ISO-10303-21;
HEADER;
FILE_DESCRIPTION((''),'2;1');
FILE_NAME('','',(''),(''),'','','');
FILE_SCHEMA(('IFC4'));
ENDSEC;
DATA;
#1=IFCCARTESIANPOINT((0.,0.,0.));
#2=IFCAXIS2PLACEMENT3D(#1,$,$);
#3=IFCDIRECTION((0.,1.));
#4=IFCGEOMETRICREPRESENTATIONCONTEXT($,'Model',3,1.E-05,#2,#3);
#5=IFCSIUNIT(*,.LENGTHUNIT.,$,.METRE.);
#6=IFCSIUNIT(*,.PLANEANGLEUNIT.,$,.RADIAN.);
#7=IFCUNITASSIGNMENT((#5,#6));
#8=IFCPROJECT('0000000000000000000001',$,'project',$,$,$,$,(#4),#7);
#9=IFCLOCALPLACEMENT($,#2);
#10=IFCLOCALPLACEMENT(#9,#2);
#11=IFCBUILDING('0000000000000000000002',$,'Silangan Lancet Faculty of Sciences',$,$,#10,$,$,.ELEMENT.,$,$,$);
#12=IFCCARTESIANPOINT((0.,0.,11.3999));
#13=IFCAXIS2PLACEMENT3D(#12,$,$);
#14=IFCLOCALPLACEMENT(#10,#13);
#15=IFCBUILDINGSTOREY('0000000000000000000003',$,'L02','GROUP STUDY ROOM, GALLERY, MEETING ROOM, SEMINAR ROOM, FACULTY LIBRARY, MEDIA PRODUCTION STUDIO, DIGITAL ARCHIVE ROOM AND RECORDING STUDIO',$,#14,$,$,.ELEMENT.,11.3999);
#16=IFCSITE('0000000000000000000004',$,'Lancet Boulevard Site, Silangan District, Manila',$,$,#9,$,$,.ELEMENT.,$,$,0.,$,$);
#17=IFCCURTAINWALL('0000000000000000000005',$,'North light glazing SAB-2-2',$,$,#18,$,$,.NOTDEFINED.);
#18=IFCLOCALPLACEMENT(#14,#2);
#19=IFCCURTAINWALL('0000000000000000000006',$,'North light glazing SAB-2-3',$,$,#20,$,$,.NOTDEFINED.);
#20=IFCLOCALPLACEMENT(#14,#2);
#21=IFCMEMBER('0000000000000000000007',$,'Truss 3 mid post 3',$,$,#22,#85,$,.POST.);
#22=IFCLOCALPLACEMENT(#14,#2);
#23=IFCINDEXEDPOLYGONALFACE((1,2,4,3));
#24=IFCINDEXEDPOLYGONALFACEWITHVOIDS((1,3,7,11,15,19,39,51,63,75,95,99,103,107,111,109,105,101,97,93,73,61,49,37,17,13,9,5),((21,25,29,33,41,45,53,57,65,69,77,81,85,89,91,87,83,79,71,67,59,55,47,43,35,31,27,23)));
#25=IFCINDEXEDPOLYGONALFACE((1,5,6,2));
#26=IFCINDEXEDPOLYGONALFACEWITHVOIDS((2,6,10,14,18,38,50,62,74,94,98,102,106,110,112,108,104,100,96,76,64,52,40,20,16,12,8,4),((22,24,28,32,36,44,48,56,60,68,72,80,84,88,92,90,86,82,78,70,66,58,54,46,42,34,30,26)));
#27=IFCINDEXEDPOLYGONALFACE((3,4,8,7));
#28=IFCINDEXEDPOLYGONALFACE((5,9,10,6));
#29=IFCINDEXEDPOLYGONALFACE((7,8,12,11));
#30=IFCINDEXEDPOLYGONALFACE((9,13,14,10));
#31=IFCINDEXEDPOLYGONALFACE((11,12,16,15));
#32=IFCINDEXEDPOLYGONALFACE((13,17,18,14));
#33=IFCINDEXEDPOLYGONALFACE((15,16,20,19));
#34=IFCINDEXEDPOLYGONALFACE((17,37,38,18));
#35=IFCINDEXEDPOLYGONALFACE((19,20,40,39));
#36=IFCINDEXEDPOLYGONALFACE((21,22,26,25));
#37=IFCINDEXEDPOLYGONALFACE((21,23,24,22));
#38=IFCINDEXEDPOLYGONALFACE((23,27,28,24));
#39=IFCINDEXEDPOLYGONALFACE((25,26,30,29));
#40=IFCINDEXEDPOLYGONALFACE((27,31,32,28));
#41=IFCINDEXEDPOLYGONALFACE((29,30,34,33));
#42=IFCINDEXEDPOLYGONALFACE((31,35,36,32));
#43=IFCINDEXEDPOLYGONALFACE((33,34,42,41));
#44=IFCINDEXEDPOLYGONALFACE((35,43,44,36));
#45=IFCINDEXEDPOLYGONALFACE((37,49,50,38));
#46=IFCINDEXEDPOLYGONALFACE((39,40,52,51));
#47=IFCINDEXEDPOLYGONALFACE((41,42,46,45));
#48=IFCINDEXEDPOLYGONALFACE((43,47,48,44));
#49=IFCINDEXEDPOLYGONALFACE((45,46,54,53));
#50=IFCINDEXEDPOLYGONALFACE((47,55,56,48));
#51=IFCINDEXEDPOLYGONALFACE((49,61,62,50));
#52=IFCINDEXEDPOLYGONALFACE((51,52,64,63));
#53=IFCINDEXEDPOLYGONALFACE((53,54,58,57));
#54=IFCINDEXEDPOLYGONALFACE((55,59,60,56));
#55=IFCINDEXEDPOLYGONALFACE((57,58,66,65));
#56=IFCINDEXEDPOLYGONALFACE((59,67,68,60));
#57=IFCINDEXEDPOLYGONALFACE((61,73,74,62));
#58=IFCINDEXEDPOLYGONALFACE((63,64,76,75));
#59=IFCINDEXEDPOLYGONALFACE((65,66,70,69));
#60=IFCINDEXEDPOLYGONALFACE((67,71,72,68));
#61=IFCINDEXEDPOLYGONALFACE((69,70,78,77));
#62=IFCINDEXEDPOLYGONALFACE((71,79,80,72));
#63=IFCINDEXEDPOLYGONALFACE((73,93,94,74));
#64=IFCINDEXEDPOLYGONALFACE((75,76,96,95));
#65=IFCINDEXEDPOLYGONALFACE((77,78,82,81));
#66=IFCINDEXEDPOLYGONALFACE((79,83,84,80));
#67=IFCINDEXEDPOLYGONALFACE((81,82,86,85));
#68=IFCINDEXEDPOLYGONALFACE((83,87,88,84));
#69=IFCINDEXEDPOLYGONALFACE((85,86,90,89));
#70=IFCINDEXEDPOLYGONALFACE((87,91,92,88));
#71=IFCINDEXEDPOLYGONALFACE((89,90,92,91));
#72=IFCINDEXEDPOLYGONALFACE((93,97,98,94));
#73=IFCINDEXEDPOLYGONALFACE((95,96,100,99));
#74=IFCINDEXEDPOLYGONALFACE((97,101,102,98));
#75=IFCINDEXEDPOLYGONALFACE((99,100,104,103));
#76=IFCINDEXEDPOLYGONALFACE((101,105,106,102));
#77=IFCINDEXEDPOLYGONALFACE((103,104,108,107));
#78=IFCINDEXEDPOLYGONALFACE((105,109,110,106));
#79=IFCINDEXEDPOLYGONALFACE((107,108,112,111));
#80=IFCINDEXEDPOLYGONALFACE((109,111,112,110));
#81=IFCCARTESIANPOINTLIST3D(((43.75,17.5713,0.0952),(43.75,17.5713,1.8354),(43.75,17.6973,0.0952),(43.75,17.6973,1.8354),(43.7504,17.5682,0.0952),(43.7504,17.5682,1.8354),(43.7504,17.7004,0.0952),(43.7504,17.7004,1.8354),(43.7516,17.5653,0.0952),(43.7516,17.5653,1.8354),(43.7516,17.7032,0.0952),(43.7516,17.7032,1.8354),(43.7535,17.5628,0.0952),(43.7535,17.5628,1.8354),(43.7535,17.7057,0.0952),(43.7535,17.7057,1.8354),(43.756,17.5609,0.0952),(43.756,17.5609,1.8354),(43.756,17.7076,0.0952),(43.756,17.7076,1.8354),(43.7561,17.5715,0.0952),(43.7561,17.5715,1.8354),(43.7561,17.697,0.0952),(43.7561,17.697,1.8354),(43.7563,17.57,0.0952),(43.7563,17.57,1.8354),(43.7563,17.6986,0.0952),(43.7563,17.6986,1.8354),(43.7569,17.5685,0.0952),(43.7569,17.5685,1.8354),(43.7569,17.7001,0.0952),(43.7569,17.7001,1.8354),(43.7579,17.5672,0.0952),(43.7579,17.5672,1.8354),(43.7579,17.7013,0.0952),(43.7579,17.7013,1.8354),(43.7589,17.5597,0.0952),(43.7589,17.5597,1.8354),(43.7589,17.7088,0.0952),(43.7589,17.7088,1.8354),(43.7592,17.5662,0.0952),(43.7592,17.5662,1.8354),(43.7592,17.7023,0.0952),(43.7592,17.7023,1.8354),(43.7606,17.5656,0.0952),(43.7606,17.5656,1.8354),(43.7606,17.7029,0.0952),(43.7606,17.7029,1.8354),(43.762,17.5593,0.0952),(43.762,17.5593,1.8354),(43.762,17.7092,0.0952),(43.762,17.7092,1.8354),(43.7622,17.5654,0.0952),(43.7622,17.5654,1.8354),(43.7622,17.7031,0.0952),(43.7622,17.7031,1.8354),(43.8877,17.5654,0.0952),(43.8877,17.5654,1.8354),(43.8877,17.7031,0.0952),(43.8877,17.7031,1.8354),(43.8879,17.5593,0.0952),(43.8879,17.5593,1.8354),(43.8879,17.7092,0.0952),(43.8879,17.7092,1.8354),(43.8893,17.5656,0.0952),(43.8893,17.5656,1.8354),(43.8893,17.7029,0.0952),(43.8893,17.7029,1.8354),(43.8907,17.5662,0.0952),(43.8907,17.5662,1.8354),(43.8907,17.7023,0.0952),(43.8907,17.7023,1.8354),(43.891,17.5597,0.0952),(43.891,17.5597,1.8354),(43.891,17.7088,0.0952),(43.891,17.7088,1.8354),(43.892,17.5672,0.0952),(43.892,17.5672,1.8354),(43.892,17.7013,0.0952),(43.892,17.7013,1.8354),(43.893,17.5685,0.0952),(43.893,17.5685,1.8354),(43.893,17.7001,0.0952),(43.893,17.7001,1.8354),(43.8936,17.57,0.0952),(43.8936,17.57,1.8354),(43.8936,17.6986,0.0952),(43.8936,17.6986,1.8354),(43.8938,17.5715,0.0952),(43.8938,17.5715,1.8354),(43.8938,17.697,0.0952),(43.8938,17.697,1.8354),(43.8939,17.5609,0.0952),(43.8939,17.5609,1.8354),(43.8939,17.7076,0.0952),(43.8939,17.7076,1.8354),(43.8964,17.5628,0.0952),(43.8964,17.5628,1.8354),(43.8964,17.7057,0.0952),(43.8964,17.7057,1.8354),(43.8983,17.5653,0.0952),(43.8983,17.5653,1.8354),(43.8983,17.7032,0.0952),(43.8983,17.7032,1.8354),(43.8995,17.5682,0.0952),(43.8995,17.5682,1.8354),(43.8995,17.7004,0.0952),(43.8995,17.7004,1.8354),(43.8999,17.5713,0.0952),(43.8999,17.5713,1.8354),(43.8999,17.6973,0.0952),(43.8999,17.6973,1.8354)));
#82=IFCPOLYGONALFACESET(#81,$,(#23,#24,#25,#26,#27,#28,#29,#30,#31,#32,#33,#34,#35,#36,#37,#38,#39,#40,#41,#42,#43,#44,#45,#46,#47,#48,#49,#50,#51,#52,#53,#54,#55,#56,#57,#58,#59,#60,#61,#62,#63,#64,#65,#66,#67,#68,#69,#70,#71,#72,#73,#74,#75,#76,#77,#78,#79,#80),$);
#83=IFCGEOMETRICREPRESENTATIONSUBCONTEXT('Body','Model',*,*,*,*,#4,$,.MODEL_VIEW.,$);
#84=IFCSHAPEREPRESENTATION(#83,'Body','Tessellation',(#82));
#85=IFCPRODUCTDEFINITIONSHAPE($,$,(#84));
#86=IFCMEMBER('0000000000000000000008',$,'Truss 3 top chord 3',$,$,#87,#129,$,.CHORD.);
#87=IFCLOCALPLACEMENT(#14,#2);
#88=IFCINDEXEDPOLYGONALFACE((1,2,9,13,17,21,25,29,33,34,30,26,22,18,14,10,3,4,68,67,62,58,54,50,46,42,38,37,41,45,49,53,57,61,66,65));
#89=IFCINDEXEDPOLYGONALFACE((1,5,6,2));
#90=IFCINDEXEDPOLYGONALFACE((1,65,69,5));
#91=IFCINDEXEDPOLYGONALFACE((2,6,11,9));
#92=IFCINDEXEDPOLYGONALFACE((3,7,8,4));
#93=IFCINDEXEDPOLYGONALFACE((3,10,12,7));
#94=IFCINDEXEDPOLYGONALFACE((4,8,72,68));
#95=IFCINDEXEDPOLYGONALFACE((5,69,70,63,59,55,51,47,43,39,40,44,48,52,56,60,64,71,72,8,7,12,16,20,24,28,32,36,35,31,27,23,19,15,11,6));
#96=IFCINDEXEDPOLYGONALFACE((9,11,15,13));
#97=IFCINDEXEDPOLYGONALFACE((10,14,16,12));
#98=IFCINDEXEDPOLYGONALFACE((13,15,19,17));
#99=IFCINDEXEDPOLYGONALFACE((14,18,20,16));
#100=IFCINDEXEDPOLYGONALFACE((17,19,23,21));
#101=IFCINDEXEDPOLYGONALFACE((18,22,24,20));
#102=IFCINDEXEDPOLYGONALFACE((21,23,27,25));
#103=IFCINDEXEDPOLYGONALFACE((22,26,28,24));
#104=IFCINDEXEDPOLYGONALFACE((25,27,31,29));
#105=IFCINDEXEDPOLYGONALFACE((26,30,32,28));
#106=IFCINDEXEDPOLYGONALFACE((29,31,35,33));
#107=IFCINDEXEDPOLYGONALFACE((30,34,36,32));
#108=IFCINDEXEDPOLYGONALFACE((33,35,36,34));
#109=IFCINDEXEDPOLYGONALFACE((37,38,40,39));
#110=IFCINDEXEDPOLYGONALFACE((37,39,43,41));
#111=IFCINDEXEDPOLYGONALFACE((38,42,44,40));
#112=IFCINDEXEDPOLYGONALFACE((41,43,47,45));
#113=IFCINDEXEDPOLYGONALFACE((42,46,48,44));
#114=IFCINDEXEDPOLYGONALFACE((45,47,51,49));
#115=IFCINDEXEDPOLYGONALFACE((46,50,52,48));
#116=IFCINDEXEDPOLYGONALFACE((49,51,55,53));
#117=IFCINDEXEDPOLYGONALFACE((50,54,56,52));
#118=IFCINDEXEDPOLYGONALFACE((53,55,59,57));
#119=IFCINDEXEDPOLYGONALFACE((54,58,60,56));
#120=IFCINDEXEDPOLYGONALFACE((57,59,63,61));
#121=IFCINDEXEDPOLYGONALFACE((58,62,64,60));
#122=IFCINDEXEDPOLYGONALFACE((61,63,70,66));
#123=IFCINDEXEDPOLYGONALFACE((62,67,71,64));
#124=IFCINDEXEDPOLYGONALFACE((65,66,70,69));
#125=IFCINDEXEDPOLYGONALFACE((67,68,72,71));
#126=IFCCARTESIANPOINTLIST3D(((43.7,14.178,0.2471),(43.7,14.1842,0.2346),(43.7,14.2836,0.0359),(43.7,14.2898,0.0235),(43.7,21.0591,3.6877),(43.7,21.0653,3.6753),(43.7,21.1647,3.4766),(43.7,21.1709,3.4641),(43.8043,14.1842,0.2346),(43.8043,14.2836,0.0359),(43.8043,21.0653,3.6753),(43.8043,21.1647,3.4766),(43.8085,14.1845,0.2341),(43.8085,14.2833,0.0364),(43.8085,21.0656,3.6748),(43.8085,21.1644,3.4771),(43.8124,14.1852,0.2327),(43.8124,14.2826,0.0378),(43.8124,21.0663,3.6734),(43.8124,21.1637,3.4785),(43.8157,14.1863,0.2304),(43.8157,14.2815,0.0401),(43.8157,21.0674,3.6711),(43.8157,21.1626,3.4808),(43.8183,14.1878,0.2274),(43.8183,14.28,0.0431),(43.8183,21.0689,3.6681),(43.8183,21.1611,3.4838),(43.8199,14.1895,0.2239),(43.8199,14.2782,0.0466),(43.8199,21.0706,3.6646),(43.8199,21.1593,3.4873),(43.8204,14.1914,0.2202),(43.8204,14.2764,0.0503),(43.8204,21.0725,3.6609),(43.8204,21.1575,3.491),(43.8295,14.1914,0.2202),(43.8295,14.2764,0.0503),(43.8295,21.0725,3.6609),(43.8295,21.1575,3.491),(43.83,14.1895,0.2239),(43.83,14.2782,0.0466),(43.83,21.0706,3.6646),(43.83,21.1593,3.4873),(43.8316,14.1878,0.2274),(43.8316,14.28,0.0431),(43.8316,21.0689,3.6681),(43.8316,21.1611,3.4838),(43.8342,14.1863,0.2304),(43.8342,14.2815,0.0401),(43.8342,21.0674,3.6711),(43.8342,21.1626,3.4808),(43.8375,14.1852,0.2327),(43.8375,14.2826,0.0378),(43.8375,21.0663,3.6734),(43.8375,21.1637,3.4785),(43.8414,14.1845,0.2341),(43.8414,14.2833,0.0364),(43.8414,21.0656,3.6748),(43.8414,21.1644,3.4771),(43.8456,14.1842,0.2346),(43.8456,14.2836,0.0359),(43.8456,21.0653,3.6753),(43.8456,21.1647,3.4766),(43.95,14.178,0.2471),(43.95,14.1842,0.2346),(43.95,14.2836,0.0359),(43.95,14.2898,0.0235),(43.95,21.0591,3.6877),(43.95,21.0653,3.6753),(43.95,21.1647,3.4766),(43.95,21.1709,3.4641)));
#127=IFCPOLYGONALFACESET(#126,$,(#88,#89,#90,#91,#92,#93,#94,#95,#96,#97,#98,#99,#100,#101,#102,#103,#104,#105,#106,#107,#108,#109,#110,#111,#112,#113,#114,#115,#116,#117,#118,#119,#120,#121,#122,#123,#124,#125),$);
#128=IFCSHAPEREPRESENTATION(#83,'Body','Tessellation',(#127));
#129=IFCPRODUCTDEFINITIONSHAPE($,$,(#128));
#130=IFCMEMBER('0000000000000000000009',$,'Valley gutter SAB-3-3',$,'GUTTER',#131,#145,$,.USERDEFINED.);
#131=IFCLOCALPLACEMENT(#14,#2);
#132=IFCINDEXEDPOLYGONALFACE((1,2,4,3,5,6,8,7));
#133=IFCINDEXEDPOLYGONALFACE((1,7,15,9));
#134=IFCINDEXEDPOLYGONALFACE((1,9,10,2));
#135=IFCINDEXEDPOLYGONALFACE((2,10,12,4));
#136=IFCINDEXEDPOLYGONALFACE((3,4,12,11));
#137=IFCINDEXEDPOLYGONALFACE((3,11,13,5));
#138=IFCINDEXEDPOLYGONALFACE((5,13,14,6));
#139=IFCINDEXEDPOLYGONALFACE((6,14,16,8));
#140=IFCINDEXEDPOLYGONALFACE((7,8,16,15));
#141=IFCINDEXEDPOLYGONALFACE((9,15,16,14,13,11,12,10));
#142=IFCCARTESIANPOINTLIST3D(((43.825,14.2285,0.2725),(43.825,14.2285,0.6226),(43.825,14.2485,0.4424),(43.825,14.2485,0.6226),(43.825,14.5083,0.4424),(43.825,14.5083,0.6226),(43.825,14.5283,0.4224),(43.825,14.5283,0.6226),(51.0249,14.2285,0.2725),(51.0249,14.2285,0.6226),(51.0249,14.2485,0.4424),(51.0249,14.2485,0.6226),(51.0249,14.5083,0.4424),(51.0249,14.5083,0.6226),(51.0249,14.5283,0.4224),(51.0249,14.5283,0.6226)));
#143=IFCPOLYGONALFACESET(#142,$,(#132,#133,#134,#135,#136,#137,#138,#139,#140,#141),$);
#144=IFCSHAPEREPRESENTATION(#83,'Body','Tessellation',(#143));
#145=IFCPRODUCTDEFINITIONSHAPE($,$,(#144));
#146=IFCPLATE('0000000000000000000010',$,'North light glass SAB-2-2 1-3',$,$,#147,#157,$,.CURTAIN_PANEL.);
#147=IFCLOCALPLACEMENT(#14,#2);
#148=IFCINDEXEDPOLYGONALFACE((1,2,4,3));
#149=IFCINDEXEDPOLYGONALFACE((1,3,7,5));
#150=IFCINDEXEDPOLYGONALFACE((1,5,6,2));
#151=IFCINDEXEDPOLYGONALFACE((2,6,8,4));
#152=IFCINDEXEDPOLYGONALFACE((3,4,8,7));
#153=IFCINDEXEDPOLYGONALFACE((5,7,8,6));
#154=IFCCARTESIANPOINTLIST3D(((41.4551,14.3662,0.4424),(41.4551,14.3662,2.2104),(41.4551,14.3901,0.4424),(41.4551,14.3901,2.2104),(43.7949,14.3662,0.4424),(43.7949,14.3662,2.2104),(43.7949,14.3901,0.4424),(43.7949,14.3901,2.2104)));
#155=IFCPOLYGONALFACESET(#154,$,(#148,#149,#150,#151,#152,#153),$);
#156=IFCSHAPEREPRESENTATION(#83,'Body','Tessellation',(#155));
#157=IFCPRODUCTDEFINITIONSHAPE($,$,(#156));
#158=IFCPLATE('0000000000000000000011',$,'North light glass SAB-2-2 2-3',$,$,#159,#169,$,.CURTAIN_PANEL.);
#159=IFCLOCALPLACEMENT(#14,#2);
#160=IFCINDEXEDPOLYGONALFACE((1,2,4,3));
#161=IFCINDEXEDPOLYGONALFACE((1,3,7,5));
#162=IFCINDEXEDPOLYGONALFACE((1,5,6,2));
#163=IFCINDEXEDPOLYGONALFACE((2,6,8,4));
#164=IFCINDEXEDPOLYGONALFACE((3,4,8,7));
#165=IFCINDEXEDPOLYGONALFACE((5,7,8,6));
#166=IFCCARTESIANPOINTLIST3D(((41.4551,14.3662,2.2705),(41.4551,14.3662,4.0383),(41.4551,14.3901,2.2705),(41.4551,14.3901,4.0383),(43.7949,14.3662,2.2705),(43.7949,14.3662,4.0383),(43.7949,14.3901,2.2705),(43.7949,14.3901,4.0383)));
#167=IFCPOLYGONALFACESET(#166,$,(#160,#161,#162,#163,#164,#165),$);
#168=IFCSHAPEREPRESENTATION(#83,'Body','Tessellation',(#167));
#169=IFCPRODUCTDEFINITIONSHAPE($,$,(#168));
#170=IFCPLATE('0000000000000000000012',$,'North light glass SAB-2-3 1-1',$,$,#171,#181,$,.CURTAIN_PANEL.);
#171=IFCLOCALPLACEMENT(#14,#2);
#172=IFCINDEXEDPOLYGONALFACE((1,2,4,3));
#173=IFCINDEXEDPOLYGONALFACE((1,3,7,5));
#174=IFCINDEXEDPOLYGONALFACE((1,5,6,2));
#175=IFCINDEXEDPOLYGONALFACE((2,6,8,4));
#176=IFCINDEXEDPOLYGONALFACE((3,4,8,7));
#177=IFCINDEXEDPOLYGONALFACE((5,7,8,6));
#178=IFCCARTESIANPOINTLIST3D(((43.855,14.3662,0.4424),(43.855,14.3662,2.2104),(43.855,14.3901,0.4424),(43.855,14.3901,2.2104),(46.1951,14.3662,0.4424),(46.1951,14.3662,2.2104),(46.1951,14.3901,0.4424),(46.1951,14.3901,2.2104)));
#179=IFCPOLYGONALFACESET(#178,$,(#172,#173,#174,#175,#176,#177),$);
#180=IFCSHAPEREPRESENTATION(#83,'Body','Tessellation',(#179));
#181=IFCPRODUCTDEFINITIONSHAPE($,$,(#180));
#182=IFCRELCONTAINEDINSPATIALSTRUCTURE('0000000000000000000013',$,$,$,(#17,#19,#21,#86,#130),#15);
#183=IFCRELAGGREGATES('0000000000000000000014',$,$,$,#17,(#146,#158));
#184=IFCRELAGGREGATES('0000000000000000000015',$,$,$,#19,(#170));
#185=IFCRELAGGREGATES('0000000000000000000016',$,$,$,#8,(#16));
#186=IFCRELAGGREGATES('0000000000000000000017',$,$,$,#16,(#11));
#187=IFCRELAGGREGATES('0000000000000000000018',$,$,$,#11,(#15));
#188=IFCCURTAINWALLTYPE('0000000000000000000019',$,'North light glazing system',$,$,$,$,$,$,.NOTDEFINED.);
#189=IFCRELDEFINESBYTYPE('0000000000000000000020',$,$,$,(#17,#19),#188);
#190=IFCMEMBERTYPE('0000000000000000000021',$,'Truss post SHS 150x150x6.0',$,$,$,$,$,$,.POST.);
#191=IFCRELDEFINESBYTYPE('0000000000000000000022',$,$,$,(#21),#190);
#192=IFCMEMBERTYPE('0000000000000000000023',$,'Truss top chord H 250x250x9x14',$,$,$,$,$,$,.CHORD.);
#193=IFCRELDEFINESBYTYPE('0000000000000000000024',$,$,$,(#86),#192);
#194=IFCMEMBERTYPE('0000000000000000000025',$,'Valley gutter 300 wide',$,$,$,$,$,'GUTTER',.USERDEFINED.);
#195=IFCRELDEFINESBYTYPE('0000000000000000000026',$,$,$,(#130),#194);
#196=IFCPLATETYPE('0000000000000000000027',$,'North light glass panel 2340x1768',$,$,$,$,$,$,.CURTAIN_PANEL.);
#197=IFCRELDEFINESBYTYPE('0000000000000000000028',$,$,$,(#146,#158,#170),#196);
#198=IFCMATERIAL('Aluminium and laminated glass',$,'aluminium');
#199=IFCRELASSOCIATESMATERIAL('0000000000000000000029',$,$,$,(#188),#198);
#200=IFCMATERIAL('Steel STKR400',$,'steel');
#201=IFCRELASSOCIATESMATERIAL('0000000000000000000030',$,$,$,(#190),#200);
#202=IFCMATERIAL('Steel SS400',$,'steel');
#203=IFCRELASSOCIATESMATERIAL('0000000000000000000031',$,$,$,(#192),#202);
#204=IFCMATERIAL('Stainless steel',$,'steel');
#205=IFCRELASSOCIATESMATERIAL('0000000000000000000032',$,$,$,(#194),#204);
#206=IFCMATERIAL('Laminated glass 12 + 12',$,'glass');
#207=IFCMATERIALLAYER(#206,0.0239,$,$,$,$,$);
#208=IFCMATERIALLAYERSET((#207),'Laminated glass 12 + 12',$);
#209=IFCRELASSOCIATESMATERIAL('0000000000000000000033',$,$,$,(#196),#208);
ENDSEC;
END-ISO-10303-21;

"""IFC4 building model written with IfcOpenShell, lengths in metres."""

from ifc_helpers import new_model, si_unit, direction, frame, origin, origin_2d, place, context, subcontext, project, spatial, polyline, hollow_rectangle, i_section, outline, extrude, material, layer, layer_set, material_profile, profile_set, type_object, element, aggregate, save


model = new_model("IFC4")

# Units and contexts
model_context = context("Model", 3, precision=1e-05, world=origin(), true_north=direction((0.0, 1.0)))
body_context = subcontext(model_context, "Body", "Model", "MODEL_VIEW")
ifc_project = project(units=[si_unit("LENGTHUNIT", "METRE"), si_unit("PLANEANGLEUNIT", "RADIAN")], contexts=[model_context])

# Site, building, storey
site_placement = place(None, origin())
site = spatial("IfcSite", under=ifc_project, at=site_placement, Name="Lancet Boulevard Site, Silangan District, Manila", CompositionType="ELEMENT", RefElevation=0.0)
building_placement = place(site_placement, origin())
building = spatial("IfcBuilding", under=site, at=building_placement, Name="Silangan Lancet Faculty of Sciences", CompositionType="ELEMENT")
storey_placement = place(building_placement, frame((0.0, 0.0, 11.3999)))
storey = spatial("IfcBuildingStorey", under=building, at=storey_placement, Name="L02", Description="GROUP STUDY ROOM, GALLERY, MEETING ROOM, SEMINAR ROOM, FACULTY LIBRARY, MEDIA PRODUCTION STUDIO, DIGITAL ARCHIVE ROOM AND RECORDING STUDIO", CompositionType="ELEMENT", Elevation=11.3999)

# Curtain wall
ifc_material_1 = material(Name="Aluminium and laminated glass", Category="aluminium")
curtain_wall_type = type_object("IfcCurtainWallType", Name="North light glazing system", PredefinedType="NOTDEFINED", material=ifc_material_1)
curtain_wall_1_placement = place(storey_placement, origin())
curtain_wall_1 = element("IfcCurtainWall", 1, at=curtain_wall_1_placement, inside=storey, type_object=curtain_wall_type, Name="North light glazing SAB-2-2", PredefinedType="NOTDEFINED")

# Curtain wall
curtain_wall_2_placement = place(storey_placement, origin())
curtain_wall_2 = element("IfcCurtainWall", 2, at=curtain_wall_2_placement, inside=storey, type_object=curtain_wall_type, Name="North light glazing SAB-2-3", PredefinedType="NOTDEFINED")

# Members
ifc_material_2 = material(Name="Steel STKR400", Category="steel")
ifc_material_profile_1 = material_profile(ifc_material_2, hollow_rectangle(XDim=0.1499, YDim=0.1499, WallThickness=0.0061, InnerFilletRadius=0.0061, OuterFilletRadius=0.012, at=origin_2d()), Name="SHS 150x150x6.0")
ifc_profile_set_1 = profile_set([ifc_material_profile_1], Name="Steel STKR400")
member_type_1 = type_object("IfcMemberType", Name="Truss post SHS 150x150x6.0", PredefinedType="POST", material=ifc_profile_set_1)
member_1_placement = place(storey_placement, frame((43.825, 17.6343, 0.0952), z_axis=(0.0, 0.0, 1.0), x_axis=(1.0, 0.0, 0.0)))
element("IfcMember", 3, at=member_1_placement, inside=storey, type_object=member_type_1, Name="Truss 3 mid post 3", PredefinedType="POST", context=body_context, shape_type="SweptSolid", body=[
    extrude(hollow_rectangle(XDim=0.1499, YDim=0.1499, WallThickness=0.0061, InnerFilletRadius=0.0061, OuterFilletRadius=0.012, at=origin_2d()), origin(), (0.0, 0.0, 1.0), 1.7402),
])
ifc_material_3 = material(Name="Steel SS400", Category="steel")
ifc_material_profile_2 = material_profile(ifc_material_3, i_section(OverallWidth=0.25, OverallDepth=0.25, WebThickness=0.009, FlangeThickness=0.0139, FilletRadius=0.0161, at=origin_2d()), Name="H 250x250x9x14")
ifc_profile_set_2 = profile_set([ifc_material_profile_2], Name="Steel SS400")
member_type_2 = type_object("IfcMemberType", Name="Truss top chord H 250x250x9x14", PredefinedType="CHORD", material=ifc_profile_set_2)
member_2_placement = place(storey_placement, frame((43.825, 14.2339, 0.1353), z_axis=(0.0, 0.894421, 0.447226), x_axis=(-1.0, 0.0, 0.0)))
element("IfcMember", 4, at=member_2_placement, inside=storey, type_object=member_type_2, Name="Truss 3 top chord 3", PredefinedType="CHORD", context=body_context, shape_type="SweptSolid", body=[
    extrude(i_section(OverallWidth=0.25, OverallDepth=0.25, WebThickness=0.009, FlangeThickness=0.0139, FilletRadius=0.0161, at=origin_2d()), origin(), (0.0, 0.0, 1.0), 7.6934),
])
ifc_material_4 = material(Name="Stainless steel", Category="steel")
ifc_material_profile_3 = material_profile(ifc_material_4, outline(polyline([(-0.1499, 0.0), (0.1499, 0.1499), (0.1499, 0.3501), (0.1299, 0.3501), (0.1299, 0.1699), (-0.1299, 0.1699), (-0.1299, 0.3501), (-0.1499, 0.3501), (-0.1499, 0.0)])), Name="valley gutter")
ifc_profile_set_3 = profile_set([ifc_material_profile_3], Name="Stainless steel")
member_type_3 = type_object("IfcMemberType", Name="Valley gutter 300 wide", ElementType="GUTTER", PredefinedType="USERDEFINED", material=ifc_profile_set_3)
member_3_placement = place(storey_placement, frame((43.825, 14.3784, 0.2725), z_axis=(1.0, 0.0, 0.0), x_axis=(0.0, 1.0, 0.0)))
element("IfcMember", 5, at=member_3_placement, inside=storey, type_object=member_type_3, Name="Valley gutter SAB-3-3", ObjectType="GUTTER", PredefinedType="USERDEFINED", context=body_context, shape_type="SweptSolid", body=[
    extrude(outline(polyline([(-0.1499, 0.0), (0.1499, 0.1499), (0.1499, 0.3501), (0.1299, 0.3501), (0.1299, 0.1699), (-0.1299, 0.1699), (-0.1299, 0.3501), (-0.1499, 0.3501), (-0.1499, 0.0)])), origin(), (0.0, 0.0, 1.0), 7.2),
])

# Plates
ifc_material_5 = material(Name="Laminated glass 12 + 12", Category="glass")
ifc_layer_1 = layer(ifc_material_5, 0.0239)
ifc_layer_set_1 = layer_set([ifc_layer_1], Name="Laminated glass 12 + 12")
plate_type = type_object("IfcPlateType", Name="North light glass panel 2340x1768", PredefinedType="CURTAIN_PANEL", material=ifc_layer_set_1)
plate_1_placement = place(storey_placement, frame((41.4551, 14.3662, 0.4424), z_axis=(0.0, -1.0, 0.0), x_axis=(1.0, 0.0, 0.0)))
plate_1 = element("IfcPlate", 6, at=plate_1_placement, type_object=plate_type, Name="North light glass SAB-2-2 1-3", PredefinedType="CURTAIN_PANEL", context=body_context, shape_type="SweptSolid", body=[
    extrude(outline(polyline([(0.0, 0.0), (2.3398, 0.0), (2.3398, 1.7681), (0.0, 1.7681), (0.0, 0.0)])), origin(), (0.0, 0.0, -1.0), 0.0239),
])
plate_2_placement = place(storey_placement, frame((41.4551, 14.3662, 2.2705), z_axis=(0.0, -1.0, 0.0), x_axis=(1.0, 0.0, 0.0)))
plate_2 = element("IfcPlate", 7, at=plate_2_placement, type_object=plate_type, Name="North light glass SAB-2-2 2-3", PredefinedType="CURTAIN_PANEL", context=body_context, shape_type="SweptSolid", body=[
    extrude(outline(polyline([(0.0, 0.0), (2.3398, 0.0), (2.3398, 1.7678), (0.0, 1.7678), (0.0, 0.0)])), origin(), (0.0, 0.0, -1.0), 0.0239),
])
aggregate(curtain_wall_1, [plate_1, plate_2])
plate_3_placement = place(storey_placement, frame((43.855, 14.3662, 0.4424), z_axis=(0.0, -1.0, 0.0), x_axis=(1.0, 0.0, 0.0)))
plate_3 = element("IfcPlate", 8, at=plate_3_placement, type_object=plate_type, Name="North light glass SAB-2-3 1-1", PredefinedType="CURTAIN_PANEL", context=body_context, shape_type="SweptSolid", body=[
    extrude(outline(polyline([(0.0, 0.0), (2.3401, 0.0), (2.3401, 1.7681), (0.0, 1.7681), (0.0, 0.0)])), origin(), (0.0, 0.0, -1.0), 0.0239),
])
aggregate(curtain_wall_2, [plate_3])

save(model, "model.ifc")
